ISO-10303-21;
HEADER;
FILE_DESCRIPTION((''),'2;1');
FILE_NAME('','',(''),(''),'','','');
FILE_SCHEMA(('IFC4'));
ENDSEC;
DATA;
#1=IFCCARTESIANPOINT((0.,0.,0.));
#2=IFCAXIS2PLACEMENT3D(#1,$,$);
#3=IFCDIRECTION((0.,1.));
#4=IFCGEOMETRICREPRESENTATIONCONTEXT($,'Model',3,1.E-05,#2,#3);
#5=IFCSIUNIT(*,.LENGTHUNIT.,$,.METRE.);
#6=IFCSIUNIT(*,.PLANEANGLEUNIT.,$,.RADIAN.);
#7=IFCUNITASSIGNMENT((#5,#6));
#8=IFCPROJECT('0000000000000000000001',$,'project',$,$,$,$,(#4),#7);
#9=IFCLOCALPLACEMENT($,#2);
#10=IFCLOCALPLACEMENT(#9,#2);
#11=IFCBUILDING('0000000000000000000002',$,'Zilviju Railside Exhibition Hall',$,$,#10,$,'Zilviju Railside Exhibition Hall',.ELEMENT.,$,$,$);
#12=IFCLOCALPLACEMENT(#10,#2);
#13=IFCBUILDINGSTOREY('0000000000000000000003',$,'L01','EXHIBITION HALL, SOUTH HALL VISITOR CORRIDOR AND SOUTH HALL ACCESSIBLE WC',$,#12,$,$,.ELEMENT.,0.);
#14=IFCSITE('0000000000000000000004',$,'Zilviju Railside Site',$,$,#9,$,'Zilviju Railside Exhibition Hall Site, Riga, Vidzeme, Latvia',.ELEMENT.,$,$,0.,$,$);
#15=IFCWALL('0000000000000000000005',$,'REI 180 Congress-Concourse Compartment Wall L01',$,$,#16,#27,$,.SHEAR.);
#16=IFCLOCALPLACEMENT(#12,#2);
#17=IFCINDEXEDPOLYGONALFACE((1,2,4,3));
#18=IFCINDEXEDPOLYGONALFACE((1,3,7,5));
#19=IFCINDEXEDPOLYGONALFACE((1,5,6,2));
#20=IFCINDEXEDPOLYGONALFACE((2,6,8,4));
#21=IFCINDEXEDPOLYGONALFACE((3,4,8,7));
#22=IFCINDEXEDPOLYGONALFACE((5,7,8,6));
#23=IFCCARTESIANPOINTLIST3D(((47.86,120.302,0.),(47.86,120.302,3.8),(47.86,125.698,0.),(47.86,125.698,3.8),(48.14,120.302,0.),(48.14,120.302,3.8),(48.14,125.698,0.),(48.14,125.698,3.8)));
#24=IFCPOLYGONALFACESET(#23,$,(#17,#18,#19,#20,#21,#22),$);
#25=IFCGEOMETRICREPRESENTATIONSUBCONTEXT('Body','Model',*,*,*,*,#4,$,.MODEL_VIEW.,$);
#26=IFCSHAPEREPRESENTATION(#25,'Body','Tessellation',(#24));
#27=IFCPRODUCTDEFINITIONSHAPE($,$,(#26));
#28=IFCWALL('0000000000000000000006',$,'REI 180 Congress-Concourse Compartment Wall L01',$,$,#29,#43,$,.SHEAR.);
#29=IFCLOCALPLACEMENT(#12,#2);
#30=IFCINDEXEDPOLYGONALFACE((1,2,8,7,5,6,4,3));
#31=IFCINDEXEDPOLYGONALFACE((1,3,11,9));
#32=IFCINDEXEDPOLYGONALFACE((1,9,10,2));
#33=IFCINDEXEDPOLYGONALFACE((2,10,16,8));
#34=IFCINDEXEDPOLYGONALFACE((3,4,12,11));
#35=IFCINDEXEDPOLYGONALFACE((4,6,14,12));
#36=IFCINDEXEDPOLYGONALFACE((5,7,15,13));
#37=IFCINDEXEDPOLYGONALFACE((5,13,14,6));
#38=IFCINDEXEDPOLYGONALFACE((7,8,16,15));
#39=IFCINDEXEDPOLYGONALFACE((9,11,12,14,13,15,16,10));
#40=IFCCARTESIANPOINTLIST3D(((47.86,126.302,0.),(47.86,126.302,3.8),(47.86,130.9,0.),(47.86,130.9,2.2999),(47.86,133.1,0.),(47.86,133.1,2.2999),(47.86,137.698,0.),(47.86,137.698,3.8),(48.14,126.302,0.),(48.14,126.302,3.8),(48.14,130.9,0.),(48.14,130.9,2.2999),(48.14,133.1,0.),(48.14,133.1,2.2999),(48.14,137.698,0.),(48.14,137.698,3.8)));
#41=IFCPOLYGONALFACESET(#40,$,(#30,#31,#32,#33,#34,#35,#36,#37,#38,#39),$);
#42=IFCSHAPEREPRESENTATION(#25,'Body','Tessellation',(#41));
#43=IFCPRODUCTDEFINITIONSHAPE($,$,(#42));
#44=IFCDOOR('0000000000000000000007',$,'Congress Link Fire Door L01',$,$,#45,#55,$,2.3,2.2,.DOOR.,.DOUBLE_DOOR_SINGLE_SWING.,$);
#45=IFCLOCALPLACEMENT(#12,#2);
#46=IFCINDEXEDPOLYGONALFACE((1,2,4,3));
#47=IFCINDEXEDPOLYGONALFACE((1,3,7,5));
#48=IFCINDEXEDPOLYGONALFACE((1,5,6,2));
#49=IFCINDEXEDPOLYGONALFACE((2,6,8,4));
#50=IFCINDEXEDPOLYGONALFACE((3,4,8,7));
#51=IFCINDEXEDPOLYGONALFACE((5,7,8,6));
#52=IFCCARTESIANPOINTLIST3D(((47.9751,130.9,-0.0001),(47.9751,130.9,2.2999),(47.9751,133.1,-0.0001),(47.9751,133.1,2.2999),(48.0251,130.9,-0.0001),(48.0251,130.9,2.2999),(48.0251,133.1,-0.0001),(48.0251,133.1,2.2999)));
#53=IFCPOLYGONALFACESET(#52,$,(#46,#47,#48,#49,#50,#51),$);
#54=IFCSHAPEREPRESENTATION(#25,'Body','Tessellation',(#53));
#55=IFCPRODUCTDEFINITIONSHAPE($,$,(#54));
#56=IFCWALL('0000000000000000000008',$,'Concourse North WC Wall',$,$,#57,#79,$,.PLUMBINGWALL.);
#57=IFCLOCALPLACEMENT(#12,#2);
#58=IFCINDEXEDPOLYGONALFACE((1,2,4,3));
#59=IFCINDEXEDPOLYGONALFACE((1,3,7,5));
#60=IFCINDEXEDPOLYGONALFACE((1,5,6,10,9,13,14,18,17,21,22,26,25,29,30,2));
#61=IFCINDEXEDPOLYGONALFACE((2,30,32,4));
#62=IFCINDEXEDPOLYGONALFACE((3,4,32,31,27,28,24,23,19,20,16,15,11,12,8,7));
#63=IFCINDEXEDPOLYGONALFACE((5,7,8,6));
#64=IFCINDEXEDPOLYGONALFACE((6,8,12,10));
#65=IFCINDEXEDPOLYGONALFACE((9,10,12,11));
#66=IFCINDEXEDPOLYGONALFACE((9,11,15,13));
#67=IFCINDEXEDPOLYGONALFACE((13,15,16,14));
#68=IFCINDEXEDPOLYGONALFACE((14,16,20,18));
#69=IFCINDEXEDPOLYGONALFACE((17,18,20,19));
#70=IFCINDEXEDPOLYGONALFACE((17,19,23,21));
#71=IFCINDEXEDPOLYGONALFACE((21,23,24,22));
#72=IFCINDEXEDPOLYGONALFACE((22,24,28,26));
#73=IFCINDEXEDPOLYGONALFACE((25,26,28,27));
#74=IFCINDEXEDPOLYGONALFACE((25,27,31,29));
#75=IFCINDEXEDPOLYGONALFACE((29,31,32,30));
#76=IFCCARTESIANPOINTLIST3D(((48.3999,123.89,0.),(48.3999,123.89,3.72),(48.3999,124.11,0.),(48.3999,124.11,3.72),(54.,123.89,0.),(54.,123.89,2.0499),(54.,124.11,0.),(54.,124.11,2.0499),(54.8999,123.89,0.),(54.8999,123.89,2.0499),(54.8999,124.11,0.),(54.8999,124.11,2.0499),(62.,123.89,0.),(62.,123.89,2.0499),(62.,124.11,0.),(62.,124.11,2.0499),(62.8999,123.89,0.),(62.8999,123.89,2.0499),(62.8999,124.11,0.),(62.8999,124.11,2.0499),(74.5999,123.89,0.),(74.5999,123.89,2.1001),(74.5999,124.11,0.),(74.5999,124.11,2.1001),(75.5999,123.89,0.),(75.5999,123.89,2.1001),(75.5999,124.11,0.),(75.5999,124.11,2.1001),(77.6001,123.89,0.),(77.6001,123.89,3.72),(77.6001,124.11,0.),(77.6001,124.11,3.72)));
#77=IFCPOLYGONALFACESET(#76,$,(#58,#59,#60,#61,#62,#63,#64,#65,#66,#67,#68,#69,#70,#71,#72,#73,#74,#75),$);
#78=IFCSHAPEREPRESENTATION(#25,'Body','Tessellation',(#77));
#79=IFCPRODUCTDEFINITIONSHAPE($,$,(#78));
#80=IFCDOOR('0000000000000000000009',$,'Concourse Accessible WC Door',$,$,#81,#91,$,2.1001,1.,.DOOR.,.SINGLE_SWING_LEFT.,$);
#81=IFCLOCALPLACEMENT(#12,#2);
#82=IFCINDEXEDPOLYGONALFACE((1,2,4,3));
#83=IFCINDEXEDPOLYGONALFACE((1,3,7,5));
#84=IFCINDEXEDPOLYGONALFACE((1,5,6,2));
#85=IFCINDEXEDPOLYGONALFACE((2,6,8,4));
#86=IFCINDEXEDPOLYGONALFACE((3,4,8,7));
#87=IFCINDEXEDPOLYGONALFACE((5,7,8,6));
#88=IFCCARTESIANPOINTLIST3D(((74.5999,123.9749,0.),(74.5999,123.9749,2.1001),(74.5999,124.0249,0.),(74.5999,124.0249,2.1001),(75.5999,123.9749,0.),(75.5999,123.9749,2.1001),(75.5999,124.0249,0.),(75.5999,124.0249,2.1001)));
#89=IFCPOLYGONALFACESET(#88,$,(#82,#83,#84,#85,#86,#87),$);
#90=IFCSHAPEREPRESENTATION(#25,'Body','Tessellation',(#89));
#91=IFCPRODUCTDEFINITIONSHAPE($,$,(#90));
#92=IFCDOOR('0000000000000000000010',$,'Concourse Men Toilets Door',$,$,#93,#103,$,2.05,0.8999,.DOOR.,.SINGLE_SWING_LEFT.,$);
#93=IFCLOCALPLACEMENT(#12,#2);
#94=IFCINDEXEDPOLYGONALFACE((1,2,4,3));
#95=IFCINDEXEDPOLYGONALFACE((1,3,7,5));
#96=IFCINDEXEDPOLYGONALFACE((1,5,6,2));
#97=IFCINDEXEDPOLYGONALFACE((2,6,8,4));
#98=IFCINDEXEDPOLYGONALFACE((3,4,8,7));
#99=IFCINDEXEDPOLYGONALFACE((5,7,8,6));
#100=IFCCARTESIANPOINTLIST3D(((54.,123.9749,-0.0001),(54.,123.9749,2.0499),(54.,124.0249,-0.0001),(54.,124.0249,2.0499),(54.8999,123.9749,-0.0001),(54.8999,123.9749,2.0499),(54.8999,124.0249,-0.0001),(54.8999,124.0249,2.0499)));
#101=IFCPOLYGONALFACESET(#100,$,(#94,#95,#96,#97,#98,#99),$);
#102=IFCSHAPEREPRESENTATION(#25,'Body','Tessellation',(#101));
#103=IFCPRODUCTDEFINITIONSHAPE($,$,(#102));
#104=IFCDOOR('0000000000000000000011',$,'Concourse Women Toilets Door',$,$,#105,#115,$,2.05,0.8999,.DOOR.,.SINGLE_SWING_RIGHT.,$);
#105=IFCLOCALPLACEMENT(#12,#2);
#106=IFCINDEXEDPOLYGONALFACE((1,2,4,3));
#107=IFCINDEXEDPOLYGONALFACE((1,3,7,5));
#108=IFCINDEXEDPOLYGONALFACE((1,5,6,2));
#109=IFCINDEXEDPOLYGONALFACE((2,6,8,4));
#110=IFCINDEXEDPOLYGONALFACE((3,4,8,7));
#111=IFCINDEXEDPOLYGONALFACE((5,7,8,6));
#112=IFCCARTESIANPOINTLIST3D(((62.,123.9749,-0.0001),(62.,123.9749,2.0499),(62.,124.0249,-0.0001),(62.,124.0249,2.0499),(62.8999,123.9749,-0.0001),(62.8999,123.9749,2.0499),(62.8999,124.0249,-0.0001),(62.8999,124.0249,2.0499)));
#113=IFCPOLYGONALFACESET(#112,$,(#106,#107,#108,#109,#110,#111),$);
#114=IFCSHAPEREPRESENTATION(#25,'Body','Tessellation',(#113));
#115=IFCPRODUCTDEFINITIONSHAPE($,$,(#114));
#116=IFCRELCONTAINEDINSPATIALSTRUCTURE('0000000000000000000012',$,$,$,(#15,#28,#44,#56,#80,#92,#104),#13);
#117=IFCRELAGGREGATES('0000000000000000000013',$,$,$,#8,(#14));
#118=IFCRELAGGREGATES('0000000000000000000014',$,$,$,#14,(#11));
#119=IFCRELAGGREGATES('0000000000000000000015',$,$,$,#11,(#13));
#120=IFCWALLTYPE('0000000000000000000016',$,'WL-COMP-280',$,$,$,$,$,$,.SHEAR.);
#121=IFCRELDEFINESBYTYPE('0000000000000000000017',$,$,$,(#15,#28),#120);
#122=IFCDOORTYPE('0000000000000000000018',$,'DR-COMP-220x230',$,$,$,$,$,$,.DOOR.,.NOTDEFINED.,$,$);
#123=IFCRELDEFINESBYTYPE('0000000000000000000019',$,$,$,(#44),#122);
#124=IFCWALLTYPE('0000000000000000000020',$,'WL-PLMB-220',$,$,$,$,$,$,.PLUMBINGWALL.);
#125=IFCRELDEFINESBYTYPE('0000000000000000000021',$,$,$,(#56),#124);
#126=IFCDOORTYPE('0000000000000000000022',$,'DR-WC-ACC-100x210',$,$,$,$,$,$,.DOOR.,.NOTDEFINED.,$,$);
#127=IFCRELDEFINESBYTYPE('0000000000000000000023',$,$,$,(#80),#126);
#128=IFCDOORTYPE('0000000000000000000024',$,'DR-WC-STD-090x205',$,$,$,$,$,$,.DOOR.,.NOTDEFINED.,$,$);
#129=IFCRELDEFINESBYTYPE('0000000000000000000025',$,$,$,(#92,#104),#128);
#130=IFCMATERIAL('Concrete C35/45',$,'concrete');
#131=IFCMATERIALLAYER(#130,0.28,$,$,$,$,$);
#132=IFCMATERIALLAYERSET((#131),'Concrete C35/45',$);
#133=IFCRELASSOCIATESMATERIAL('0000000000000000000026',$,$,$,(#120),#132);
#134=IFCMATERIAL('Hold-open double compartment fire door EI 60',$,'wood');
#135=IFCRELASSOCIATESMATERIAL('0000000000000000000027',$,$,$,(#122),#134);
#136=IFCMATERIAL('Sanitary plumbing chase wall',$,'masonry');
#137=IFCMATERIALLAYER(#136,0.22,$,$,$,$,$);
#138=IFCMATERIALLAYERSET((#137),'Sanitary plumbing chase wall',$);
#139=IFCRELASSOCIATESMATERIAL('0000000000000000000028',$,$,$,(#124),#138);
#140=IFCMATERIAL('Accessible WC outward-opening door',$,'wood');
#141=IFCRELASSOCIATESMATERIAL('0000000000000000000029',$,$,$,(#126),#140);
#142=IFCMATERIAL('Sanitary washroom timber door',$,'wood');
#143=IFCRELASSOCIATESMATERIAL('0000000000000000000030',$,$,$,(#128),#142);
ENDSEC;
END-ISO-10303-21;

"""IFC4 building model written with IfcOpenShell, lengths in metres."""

from ifc_helpers import new_model, si_unit, direction, frame, frame_2d, origin, place, context, subcontext, project, spatial, rectangle, extrude, material, layer, layer_set, type_object, element, fill, save


model = new_model("IFC4")

# Units and contexts
model_context = context("Model", 3, precision=1e-05, world=origin(), true_north=direction((0.0, 1.0)))
body_context = subcontext(model_context, "Body", "Model", "MODEL_VIEW")
ifc_project = project(units=[si_unit("LENGTHUNIT", "METRE"), si_unit("PLANEANGLEUNIT", "RADIAN")], contexts=[model_context])

# Site, building, storey
site_placement = place(None, origin())
site = spatial("IfcSite", under=ifc_project, at=site_placement, Name="Zilviju Railside Site", LongName="Zilviju Railside Exhibition Hall Site, Riga, Vidzeme, Latvia", CompositionType="ELEMENT", RefElevation=0.0)
building_placement = place(site_placement, origin())
building = spatial("IfcBuilding", under=site, at=building_placement, Name="Zilviju Railside Exhibition Hall", LongName="Zilviju Railside Exhibition Hall", CompositionType="ELEMENT")
storey_placement = place(building_placement, origin())
storey = spatial("IfcBuildingStorey", under=building, at=storey_placement, Name="L01", Description="EXHIBITION HALL, SOUTH HALL VISITOR CORRIDOR AND SOUTH HALL ACCESSIBLE WC", CompositionType="ELEMENT", Elevation=0.0)

# Shared definitions
ifc_material_1 = material(Name="Concrete C35/45", Category="concrete")

# Shared definitions
ifc_layer_1 = layer(ifc_material_1, 0.28)
ifc_layer_set_1 = layer_set([ifc_layer_1], Name="Concrete C35/45")
wall_type_1 = type_object("IfcWallType", Name="WL-COMP-280", PredefinedType="SHEAR", material=ifc_layer_set_1)
ifc_material_2 = material(Name="Hold-open double compartment fire door EI 60", Category="wood")
door_type_1 = type_object("IfcDoorType", Name="DR-COMP-220x230", OperationType="NOTDEFINED", PredefinedType="DOOR", material=ifc_material_2)

# Wall
wall_1_placement = place(storey_placement, frame((48.0, 120.302, 0.0), z_axis=(0.0, 0.0, 1.0), x_axis=(0.0, 1.0, 0.0)))
element("IfcWall", 1, at=wall_1_placement, inside=storey, type_object=wall_type_1, Name="REI 180 Congress-Concourse Compartment Wall L01", PredefinedType="SHEAR", context=body_context, shape_type="SweptSolid", body=[
    extrude(rectangle(XDim=5.396, YDim=0.28, at=frame_2d((2.698, 0.0))), origin(), (0.0, 0.0, 1.0), 3.8),
])

# Wall, opening, door
wall_2_placement = place(storey_placement, frame((48.0, 126.302, 0.0), z_axis=(0.0, 0.0, 1.0), x_axis=(0.0, 1.0, 0.0)))
wall_2 = element("IfcWall", 2, at=wall_2_placement, inside=storey, type_object=wall_type_1, Name="REI 180 Congress-Concourse Compartment Wall L01", PredefinedType="SHEAR", context=body_context, shape_type="SweptSolid", body=[
    extrude(rectangle(XDim=11.396, YDim=0.28, at=frame_2d((5.698, 0.0))), origin(), (0.0, 0.0, 1.0), 3.8),
])
opening_1_placement = place(wall_2_placement, frame((4.5979, 0.0, 0.0)))
opening_1 = element("IfcOpeningElement", 3, at=opening_1_placement, cuts=wall_2, PredefinedType="OPENING", context=body_context, shape_type="SweptSolid", body=[
    extrude(rectangle(XDim=2.2, YDim=2.3, at=frame_2d((1.1001, 1.1499))), frame((0.0, 0.1499, 0.0), z_axis=(0.0, -1.0, 0.0), x_axis=(1.0, 0.0, 0.0)), (0.0, 0.0, 1.0), 0.3),
])
door_1_placement = place(opening_1_placement, origin())
door_1 = element("IfcDoor", 4, at=door_1_placement, inside=storey, type_object=door_type_1, Name="Congress Link Fire Door L01", OperationType="DOUBLE_DOOR_SINGLE_SWING", OverallHeight=2.3, OverallWidth=2.2, PredefinedType="DOOR", context=body_context, shape_type="SweptSolid", body=[
    extrude(rectangle(XDim=2.2, YDim=2.3, at=frame_2d((1.1001, 1.1499))), frame((0.0, 0.0249, 0.0), z_axis=(0.0, -1.0, 0.0), x_axis=(1.0, 0.0, 0.0)), (0.0, 0.0, 1.0), 0.05),
])
fill(opening_1, door_1)

# Wall, openings, doors
ifc_material_3 = material(Name="Sanitary plumbing chase wall", Category="masonry")
ifc_layer_2 = layer(ifc_material_3, 0.22)
ifc_layer_set_2 = layer_set([ifc_layer_2], Name="Sanitary plumbing chase wall")
wall_type_2 = type_object("IfcWallType", Name="WL-PLMB-220", PredefinedType="PLUMBINGWALL", material=ifc_layer_set_2)
wall_3_placement = place(storey_placement, frame((48.3999, 124.0, 0.0), z_axis=(0.0, 0.0, 1.0), x_axis=(1.0, 0.0, 0.0)))
wall_3 = element("IfcWall", 5, at=wall_3_placement, inside=storey, type_object=wall_type_2, Name="Concourse North WC Wall", PredefinedType="PLUMBINGWALL", context=body_context, shape_type="SweptSolid", body=[
    extrude(rectangle(XDim=29.2002, YDim=0.22, at=frame_2d((14.6001, 0.0))), origin(), (0.0, 0.0, 1.0), 3.72),
])
opening_2_placement = place(wall_3_placement, frame((5.6001, 0.0, 0.0)))
opening_2 = element("IfcOpeningElement", 6, at=opening_2_placement, cuts=wall_3, PredefinedType="OPENING", context=body_context, shape_type="SweptSolid", body=[
    extrude(rectangle(XDim=0.8999, YDim=2.05, at=frame_2d((0.45, 1.0249))), frame((0.0, 0.1199, 0.0), z_axis=(0.0, -1.0, 0.0), x_axis=(1.0, 0.0, 0.0)), (0.0, 0.0, 1.0), 0.24),
])
opening_3_placement = place(wall_3_placement, frame((13.6001, 0.0, 0.0)))
opening_3 = element("IfcOpeningElement", 7, at=opening_3_placement, cuts=wall_3, PredefinedType="OPENING", context=body_context, shape_type="SweptSolid", body=[
    extrude(rectangle(XDim=0.8999, YDim=2.05, at=frame_2d((0.45, 1.0249))), frame((0.0, 0.1199, 0.0), z_axis=(0.0, -1.0, 0.0), x_axis=(1.0, 0.0, 0.0)), (0.0, 0.0, 1.0), 0.24),
])
opening_4_placement = place(wall_3_placement, frame((26.2, 0.0, 0.0)))
opening_4 = element("IfcOpeningElement", 8, at=opening_4_placement, cuts=wall_3, PredefinedType="OPENING", context=body_context, shape_type="SweptSolid", body=[
    extrude(rectangle(XDim=1.0, YDim=2.1001, at=frame_2d((0.5, 1.05))), frame((0.0, 0.1199, 0.0), z_axis=(0.0, -1.0, 0.0), x_axis=(1.0, 0.0, 0.0)), (0.0, 0.0, 1.0), 0.24),
])
ifc_material_4 = material(Name="Accessible WC outward-opening door", Category="wood")
door_type_2 = type_object("IfcDoorType", Name="DR-WC-ACC-100x210", OperationType="NOTDEFINED", PredefinedType="DOOR", material=ifc_material_4)
door_2_placement = place(opening_4_placement, origin())
door_2 = element("IfcDoor", 9, at=door_2_placement, inside=storey, type_object=door_type_2, Name="Concourse Accessible WC Door", OperationType="SINGLE_SWING_LEFT", OverallHeight=2.1001, OverallWidth=1.0, PredefinedType="DOOR", context=body_context, shape_type="SweptSolid", body=[
    extrude(rectangle(XDim=1.0, YDim=2.1001, at=frame_2d((0.5, 1.05))), frame((0.0, 0.0249, 0.0), z_axis=(0.0, -1.0, 0.0), x_axis=(1.0, 0.0, 0.0)), (0.0, 0.0, 1.0), 0.05),
])
fill(opening_4, door_2)
ifc_material_5 = material(Name="Sanitary washroom timber door", Category="wood")
door_type_3 = type_object("IfcDoorType", Name="DR-WC-STD-090x205", OperationType="NOTDEFINED", PredefinedType="DOOR", material=ifc_material_5)
door_3_placement = place(opening_2_placement, origin())
door_3 = element("IfcDoor", 10, at=door_3_placement, inside=storey, type_object=door_type_3, Name="Concourse Men Toilets Door", OperationType="SINGLE_SWING_LEFT", OverallHeight=2.05, OverallWidth=0.8999, PredefinedType="DOOR", context=body_context, shape_type="SweptSolid", body=[
    extrude(rectangle(XDim=0.8999, YDim=2.05, at=frame_2d((0.45, 1.0249))), frame((0.0, 0.0249, 0.0), z_axis=(0.0, -1.0, 0.0), x_axis=(1.0, 0.0, 0.0)), (0.0, 0.0, 1.0), 0.05),
])
fill(opening_2, door_3)
door_4_placement = place(opening_3_placement, origin())
door_4 = element("IfcDoor", 11, at=door_4_placement, inside=storey, type_object=door_type_3, Name="Concourse Women Toilets Door", OperationType="SINGLE_SWING_RIGHT", OverallHeight=2.05, OverallWidth=0.8999, PredefinedType="DOOR", context=body_context, shape_type="SweptSolid", body=[
    extrude(rectangle(XDim=0.8999, YDim=2.05, at=frame_2d((0.45, 1.0249))), frame((0.0, 0.0249, 0.0), z_axis=(0.0, -1.0, 0.0), x_axis=(1.0, 0.0, 0.0)), (0.0, 0.0, 1.0), 0.05),
])
fill(opening_3, door_4)

save(model, "model.ifc")
